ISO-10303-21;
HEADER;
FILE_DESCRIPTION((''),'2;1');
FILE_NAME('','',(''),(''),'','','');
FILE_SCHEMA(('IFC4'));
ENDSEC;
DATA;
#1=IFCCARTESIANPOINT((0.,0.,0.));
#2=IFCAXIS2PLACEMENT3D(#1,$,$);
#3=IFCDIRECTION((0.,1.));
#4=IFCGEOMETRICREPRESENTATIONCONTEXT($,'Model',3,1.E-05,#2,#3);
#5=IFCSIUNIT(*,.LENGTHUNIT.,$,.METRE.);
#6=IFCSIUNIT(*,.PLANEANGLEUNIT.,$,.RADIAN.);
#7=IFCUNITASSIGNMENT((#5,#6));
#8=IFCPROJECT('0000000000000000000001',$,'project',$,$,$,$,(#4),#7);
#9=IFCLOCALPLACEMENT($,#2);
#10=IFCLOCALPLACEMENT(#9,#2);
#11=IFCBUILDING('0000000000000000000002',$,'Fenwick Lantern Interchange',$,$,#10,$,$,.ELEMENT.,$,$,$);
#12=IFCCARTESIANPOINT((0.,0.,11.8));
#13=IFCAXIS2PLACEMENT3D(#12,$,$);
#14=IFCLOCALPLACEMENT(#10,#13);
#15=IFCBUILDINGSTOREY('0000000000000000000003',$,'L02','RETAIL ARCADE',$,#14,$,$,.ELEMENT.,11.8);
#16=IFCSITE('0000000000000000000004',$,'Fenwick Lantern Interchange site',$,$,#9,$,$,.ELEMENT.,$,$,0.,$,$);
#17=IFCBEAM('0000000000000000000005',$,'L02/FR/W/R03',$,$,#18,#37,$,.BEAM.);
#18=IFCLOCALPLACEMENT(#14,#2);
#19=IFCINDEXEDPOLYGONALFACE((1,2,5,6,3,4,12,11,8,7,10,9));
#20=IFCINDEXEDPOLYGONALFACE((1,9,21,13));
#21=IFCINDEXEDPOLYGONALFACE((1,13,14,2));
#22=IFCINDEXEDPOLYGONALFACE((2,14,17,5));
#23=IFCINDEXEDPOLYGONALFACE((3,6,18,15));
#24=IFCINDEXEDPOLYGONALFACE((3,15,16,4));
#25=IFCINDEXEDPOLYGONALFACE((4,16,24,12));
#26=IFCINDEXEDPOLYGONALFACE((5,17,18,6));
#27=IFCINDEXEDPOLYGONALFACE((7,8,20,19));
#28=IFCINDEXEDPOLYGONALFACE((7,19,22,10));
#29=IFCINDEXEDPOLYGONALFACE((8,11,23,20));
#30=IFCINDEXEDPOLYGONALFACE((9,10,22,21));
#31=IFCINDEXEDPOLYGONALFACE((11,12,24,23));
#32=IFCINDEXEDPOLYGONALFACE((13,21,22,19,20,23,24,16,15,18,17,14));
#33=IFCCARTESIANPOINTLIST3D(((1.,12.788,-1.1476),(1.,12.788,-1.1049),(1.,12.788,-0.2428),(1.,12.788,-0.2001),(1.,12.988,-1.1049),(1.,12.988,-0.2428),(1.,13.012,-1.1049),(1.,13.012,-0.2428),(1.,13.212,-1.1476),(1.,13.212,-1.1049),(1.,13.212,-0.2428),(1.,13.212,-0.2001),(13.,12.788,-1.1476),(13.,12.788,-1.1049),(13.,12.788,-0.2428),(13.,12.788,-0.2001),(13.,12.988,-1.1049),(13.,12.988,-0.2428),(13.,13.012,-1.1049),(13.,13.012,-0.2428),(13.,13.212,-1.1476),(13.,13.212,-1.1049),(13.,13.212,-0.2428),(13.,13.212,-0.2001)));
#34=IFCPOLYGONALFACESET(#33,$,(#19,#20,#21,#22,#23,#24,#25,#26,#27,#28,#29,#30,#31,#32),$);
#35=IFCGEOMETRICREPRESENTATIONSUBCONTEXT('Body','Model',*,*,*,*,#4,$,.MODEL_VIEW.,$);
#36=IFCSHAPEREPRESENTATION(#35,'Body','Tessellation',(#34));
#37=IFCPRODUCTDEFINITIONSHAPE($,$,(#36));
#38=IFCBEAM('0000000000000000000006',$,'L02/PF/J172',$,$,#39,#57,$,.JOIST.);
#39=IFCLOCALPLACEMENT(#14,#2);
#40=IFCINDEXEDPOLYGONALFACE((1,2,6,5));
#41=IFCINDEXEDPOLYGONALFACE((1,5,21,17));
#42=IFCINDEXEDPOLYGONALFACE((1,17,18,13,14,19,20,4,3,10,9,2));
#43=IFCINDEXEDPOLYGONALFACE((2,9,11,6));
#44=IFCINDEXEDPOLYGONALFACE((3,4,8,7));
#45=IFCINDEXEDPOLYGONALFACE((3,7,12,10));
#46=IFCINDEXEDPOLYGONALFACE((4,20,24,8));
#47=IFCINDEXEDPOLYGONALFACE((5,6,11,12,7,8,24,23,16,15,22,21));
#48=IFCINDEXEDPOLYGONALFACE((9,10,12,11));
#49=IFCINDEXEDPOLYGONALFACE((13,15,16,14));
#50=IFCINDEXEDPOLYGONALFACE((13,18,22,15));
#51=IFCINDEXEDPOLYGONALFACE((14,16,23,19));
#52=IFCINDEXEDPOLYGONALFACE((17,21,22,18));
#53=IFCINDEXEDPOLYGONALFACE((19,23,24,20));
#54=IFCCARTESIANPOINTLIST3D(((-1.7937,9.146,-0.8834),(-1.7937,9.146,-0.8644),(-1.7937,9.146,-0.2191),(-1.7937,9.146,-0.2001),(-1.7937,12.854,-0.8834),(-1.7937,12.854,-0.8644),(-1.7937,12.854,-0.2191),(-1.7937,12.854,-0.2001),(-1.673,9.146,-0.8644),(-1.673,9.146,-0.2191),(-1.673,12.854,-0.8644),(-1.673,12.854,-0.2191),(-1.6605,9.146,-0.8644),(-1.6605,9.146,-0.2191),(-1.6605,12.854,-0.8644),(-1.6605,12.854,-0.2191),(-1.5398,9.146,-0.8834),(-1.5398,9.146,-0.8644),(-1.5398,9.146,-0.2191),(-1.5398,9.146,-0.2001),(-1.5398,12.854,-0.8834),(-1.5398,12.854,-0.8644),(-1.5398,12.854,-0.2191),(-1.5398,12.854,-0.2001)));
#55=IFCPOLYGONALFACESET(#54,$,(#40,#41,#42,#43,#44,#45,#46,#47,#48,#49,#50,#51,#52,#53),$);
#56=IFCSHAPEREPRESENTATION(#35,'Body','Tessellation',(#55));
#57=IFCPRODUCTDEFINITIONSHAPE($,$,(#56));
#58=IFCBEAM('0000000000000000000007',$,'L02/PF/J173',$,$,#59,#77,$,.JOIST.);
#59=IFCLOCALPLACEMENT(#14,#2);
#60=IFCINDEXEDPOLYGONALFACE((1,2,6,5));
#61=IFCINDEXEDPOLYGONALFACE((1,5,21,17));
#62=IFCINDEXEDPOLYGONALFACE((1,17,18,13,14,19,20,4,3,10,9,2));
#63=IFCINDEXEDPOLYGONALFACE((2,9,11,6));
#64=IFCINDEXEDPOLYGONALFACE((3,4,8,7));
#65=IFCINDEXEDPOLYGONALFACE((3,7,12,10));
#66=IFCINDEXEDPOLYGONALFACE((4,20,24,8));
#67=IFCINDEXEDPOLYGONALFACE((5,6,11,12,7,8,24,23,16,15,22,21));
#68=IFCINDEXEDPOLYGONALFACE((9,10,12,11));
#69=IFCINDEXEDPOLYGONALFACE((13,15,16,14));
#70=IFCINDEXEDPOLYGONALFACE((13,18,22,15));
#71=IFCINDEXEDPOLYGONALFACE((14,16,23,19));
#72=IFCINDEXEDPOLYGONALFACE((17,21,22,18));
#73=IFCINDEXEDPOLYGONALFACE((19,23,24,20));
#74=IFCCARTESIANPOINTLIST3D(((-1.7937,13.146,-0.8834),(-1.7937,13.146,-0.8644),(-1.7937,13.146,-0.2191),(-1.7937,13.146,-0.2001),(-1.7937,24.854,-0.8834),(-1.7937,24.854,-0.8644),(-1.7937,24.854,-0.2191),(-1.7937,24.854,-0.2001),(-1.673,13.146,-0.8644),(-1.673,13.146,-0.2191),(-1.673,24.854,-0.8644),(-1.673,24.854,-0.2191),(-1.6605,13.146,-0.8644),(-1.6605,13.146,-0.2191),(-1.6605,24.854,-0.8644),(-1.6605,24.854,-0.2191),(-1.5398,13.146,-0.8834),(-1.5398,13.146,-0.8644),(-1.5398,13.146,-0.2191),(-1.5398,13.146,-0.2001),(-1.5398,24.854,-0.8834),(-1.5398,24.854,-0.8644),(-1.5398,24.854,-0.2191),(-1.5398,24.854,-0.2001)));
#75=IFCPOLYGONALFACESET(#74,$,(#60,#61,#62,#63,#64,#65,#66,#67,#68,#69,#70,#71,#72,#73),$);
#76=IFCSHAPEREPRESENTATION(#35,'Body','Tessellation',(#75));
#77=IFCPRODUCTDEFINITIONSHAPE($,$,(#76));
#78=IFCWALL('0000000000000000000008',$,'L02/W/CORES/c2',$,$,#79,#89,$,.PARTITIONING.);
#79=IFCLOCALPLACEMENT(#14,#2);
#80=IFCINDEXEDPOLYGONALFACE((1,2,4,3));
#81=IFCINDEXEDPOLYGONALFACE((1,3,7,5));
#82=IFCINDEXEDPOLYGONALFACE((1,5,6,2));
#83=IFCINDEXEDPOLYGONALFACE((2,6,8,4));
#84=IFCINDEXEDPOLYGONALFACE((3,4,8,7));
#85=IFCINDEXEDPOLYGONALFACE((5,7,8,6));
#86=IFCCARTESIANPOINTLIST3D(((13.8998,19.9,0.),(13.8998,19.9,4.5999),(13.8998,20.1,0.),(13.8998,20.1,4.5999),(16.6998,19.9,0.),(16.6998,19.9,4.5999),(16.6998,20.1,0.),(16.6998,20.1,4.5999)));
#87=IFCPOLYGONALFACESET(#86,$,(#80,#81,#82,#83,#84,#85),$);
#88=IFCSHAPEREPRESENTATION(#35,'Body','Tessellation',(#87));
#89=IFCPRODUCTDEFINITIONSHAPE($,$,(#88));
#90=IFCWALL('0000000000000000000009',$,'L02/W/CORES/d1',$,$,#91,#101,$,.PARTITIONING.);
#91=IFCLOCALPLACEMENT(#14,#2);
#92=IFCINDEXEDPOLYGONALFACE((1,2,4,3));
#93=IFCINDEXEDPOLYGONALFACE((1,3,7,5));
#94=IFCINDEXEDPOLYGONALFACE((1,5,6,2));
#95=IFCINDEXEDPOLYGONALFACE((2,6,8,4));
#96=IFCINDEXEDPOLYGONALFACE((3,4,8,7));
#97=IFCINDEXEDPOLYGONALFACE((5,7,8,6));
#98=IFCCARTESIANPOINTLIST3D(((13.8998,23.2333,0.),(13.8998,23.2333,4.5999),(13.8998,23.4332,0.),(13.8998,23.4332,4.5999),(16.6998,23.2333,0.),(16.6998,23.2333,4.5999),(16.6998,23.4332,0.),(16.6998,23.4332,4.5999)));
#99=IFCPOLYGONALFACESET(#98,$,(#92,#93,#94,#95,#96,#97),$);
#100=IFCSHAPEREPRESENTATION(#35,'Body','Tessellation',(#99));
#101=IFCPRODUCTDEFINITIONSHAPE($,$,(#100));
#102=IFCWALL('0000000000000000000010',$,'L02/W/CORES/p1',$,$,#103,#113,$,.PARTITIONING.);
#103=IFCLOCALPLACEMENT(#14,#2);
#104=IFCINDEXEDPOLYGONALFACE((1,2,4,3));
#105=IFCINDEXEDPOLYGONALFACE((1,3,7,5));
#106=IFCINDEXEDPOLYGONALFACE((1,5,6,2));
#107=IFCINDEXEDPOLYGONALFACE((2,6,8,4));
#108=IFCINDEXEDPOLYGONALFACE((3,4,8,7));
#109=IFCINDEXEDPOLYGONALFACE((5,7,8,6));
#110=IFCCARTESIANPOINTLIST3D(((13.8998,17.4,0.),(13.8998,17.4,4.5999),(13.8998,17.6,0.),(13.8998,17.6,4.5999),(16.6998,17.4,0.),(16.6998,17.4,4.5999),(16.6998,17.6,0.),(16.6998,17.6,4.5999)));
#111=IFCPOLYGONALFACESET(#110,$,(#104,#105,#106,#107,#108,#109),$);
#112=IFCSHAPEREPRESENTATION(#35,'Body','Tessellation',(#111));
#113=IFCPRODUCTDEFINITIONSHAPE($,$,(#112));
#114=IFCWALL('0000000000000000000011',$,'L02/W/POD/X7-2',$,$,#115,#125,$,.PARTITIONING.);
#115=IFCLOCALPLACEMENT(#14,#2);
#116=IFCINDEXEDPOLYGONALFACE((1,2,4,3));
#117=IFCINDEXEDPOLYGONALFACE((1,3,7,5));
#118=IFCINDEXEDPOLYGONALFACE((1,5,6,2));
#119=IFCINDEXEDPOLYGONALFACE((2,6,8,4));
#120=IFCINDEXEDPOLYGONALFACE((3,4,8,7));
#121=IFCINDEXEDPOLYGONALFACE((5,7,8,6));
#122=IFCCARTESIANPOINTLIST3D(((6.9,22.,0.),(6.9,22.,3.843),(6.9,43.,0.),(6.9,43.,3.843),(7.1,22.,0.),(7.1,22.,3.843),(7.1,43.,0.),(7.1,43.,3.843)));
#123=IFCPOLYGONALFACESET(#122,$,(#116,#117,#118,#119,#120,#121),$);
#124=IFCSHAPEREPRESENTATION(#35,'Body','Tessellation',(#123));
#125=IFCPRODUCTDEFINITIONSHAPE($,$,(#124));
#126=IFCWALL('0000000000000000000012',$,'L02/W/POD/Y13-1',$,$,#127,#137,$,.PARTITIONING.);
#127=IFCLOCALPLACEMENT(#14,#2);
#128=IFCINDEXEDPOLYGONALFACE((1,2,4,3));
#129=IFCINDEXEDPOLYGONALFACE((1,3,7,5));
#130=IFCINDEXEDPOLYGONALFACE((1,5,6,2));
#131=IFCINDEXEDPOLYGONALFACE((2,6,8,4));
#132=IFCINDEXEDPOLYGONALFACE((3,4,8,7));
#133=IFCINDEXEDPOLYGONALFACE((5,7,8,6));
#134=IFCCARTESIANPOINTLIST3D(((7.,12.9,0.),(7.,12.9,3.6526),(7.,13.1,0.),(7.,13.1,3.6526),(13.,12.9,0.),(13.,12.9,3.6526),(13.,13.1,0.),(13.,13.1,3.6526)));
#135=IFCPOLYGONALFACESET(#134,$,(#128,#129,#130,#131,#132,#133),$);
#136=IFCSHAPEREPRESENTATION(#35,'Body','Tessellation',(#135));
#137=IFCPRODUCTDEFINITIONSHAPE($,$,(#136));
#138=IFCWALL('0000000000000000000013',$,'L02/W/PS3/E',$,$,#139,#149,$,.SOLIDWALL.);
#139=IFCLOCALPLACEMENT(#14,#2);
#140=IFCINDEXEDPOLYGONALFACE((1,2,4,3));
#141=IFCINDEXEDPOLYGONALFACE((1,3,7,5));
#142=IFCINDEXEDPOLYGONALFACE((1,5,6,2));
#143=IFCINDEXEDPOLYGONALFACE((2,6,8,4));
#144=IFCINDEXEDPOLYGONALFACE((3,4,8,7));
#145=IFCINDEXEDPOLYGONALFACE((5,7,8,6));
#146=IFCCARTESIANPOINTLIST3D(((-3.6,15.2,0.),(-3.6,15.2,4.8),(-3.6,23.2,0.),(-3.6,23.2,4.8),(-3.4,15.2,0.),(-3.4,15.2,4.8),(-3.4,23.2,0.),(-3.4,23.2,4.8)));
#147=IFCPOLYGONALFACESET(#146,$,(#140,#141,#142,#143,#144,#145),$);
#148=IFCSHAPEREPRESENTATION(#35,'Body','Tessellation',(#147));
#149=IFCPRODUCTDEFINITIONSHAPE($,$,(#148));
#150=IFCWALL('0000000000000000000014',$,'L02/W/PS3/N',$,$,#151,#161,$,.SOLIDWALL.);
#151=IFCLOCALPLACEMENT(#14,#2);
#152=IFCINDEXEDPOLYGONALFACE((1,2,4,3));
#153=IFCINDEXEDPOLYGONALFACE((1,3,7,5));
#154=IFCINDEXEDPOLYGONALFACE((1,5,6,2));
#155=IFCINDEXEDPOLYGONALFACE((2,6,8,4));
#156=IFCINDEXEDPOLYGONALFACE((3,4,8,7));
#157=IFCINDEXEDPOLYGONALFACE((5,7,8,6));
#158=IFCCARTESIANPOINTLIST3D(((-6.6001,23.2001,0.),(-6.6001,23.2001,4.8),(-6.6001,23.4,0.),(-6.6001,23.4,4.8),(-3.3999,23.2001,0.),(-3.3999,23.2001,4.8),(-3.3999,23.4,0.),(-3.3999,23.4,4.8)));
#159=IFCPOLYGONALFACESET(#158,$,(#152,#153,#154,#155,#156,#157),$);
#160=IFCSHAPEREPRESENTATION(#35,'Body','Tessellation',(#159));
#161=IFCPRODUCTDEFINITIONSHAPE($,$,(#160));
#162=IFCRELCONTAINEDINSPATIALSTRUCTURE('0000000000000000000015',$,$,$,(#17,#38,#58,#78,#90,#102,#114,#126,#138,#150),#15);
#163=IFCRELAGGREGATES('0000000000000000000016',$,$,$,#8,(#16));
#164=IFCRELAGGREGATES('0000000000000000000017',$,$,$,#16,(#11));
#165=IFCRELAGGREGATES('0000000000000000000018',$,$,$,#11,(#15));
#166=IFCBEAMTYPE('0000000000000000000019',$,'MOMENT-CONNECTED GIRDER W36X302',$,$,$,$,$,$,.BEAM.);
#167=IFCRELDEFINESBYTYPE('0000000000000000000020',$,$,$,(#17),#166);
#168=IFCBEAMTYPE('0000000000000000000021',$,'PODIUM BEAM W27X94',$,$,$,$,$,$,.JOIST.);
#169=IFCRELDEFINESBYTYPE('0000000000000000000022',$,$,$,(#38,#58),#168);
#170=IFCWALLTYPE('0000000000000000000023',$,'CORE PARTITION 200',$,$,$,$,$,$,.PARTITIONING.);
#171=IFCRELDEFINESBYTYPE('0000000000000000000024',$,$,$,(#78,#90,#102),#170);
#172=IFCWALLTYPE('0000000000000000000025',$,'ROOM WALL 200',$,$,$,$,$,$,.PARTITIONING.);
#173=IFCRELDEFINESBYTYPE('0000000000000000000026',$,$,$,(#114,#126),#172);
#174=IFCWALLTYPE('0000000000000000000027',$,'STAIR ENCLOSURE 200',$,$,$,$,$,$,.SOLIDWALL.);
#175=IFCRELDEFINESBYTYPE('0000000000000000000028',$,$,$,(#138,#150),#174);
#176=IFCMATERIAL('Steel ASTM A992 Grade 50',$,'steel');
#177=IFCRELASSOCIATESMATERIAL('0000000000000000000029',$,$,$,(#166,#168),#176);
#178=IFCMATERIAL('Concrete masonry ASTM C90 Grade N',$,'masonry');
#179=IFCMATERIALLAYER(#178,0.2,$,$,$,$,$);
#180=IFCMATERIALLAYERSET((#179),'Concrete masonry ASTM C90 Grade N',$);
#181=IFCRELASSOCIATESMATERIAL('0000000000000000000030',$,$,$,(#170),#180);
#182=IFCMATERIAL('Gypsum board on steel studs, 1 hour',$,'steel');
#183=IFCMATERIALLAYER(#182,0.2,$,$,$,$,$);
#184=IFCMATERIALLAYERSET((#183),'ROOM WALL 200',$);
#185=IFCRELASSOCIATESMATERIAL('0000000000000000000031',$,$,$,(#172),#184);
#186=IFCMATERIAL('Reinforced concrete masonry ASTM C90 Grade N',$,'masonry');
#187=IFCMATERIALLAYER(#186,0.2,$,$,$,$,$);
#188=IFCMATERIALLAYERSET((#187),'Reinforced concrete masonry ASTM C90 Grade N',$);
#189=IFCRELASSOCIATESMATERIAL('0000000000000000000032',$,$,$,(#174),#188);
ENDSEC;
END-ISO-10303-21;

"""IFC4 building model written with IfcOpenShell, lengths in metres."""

from ifc_helpers import new_model, si_unit, direction, frame, frame_2d, origin, origin_2d, place, context, subcontext, project, spatial, rectangle, i_section, extrude, material, layer, layer_set, material_profile, profile_set, type_object, element, save


model = new_model("IFC4")

# Units and contexts
model_context = context("Model", 3, precision=1e-05, world=origin(), true_north=direction((0.0, 1.0)))
body_context = subcontext(model_context, "Body", "Model", "MODEL_VIEW")
ifc_project = project(units=[si_unit("LENGTHUNIT", "METRE"), si_unit("PLANEANGLEUNIT", "RADIAN")], contexts=[model_context])

# Site, building, storey
site_placement = place(None, origin())
site = spatial("IfcSite", under=ifc_project, at=site_placement, Name="Fenwick Lantern Interchange site", CompositionType="ELEMENT", RefElevation=0.0)
building_placement = place(site_placement, origin())
building = spatial("IfcBuilding", under=site, at=building_placement, Name="Fenwick Lantern Interchange", CompositionType="ELEMENT")
storey_placement = place(building_placement, frame((0.0, 0.0, 11.8)))
storey = spatial("IfcBuildingStorey", under=building, at=storey_placement, Name="L02", Description="RETAIL ARCADE", CompositionType="ELEMENT", Elevation=11.8)

# Beams
ifc_material_1 = material(Name="Steel ASTM A992 Grade 50", Category="steel")
ifc_material_profile_1 = material_profile(ifc_material_1, i_section(OverallWidth=0.4241, OverallDepth=0.9475, WebThickness=0.0239, FlangeThickness=0.0427, at=origin_2d()), Name="W36X302")
ifc_profile_set_1 = profile_set([ifc_material_profile_1], Name="Steel ASTM A992 Grade 50")
beam_type_1 = type_object("IfcBeamType", Name="MOMENT-CONNECTED GIRDER W36X302", PredefinedType="BEAM", material=ifc_profile_set_1)
beam_1_placement = place(storey_placement, frame((1.0, 13.0, -0.6738), z_axis=(1.0, 0.0, 0.0), x_axis=(0.0, 1.0, 0.0)))
element("IfcBeam", 1, at=beam_1_placement, inside=storey, type_object=beam_type_1, Name="L02/FR/W/R03", PredefinedType="BEAM", context=body_context, shape_type="SweptSolid", body=[
    extrude(i_section(OverallWidth=0.4241, OverallDepth=0.9475, WebThickness=0.0239, FlangeThickness=0.0427, at=origin_2d()), origin(), (0.0, 0.0, 1.0), 12.0),
])
ifc_material_profile_2 = material_profile(ifc_material_1, i_section(OverallWidth=0.2539, OverallDepth=0.6833, WebThickness=0.0125, FlangeThickness=0.019, at=origin_2d()), Name="W27X94")
ifc_profile_set_2 = profile_set([ifc_material_profile_2], Name="Steel ASTM A992 Grade 50")
beam_type_2 = type_object("IfcBeamType", Name="PODIUM BEAM W27X94", PredefinedType="JOIST", material=ifc_profile_set_2)
beam_2_placement = place(storey_placement, frame((-1.6667, 9.146, -0.5417), z_axis=(0.0, 1.0, 0.0), x_axis=(-1.0, 0.0, 0.0)))
element("IfcBeam", 2, at=beam_2_placement, inside=storey, type_object=beam_type_2, Name="L02/PF/J172", PredefinedType="JOIST", context=body_context, shape_type="SweptSolid", body=[
    extrude(i_section(OverallWidth=0.2539, OverallDepth=0.6833, WebThickness=0.0125, FlangeThickness=0.019, at=origin_2d()), origin(), (0.0, 0.0, 1.0), 3.708),
])
beam_3_placement = place(storey_placement, frame((-1.6667, 13.146, -0.5417), z_axis=(0.0, 1.0, 0.0), x_axis=(-1.0, 0.0, 0.0)))
element("IfcBeam", 3, at=beam_3_placement, inside=storey, type_object=beam_type_2, Name="L02/PF/J173", PredefinedType="JOIST", context=body_context, shape_type="SweptSolid", body=[
    extrude(i_section(OverallWidth=0.2539, OverallDepth=0.6833, WebThickness=0.0125, FlangeThickness=0.019, at=origin_2d()), origin(), (0.0, 0.0, 1.0), 11.708),
])

# Walls
ifc_material_2 = material(Name="Concrete masonry ASTM C90 Grade N", Category="masonry")
ifc_layer_1 = layer(ifc_material_2, 0.2)
ifc_layer_set_1 = layer_set([ifc_layer_1], Name="Concrete masonry ASTM C90 Grade N")
wall_type_1 = type_object("IfcWallType", Name="CORE PARTITION 200", PredefinedType="PARTITIONING", material=ifc_layer_set_1)
for number, where, z_axis, x_axis, name in (
    (4, (13.8999, 20.0, 0.0), (0.0, 0.0, 1.0), (1.0, 0.0, 0.0), "L02/W/CORES/c2"),
    (5, (13.8999, 23.3333, 0.0), (0.0, 0.0, 1.0), (1.0, 0.0, 0.0), "L02/W/CORES/d1"),
    (6, (13.8999, 17.5, 0.0), (0.0, 0.0, 1.0), (1.0, 0.0, 0.0), "L02/W/CORES/p1"),
):
    element("IfcWall", number, at=place(storey_placement, frame(where, z_axis=z_axis, x_axis=x_axis)), inside=storey, type_object=wall_type_1, Name=name, PredefinedType="PARTITIONING", context=body_context, shape_type="SweptSolid", body=[
        extrude(rectangle(XDim=2.8, YDim=0.2, at=frame_2d((1.3999, 0.0))), origin(), (0.0, 0.0, 1.0), 4.5999),
    ])

# Walls
ifc_material_3 = material(Name="Gypsum board on steel studs, 1 hour", Category="steel")
ifc_layer_2 = layer(ifc_material_3, 0.2)
ifc_layer_set_2 = layer_set([ifc_layer_2], Name="ROOM WALL 200")
wall_type_2 = type_object("IfcWallType", Name="ROOM WALL 200", PredefinedType="PARTITIONING", material=ifc_layer_set_2)
wall_1_placement = place(storey_placement, frame((7.0, 22.0, 0.0), z_axis=(0.0, 0.0, 1.0), x_axis=(0.0, 1.0, 0.0)))
element("IfcWall", 7, at=wall_1_placement, inside=storey, type_object=wall_type_2, Name="L02/W/POD/X7-2", PredefinedType="PARTITIONING", context=body_context, shape_type="SweptSolid", body=[
    extrude(rectangle(XDim=21.0, YDim=0.2, at=frame_2d((10.5, 0.0))), origin(), (0.0, 0.0, 1.0), 3.843),
])
wall_2_placement = place(storey_placement, frame((7.0, 13.0, 0.0), z_axis=(0.0, 0.0, 1.0), x_axis=(1.0, 0.0, 0.0)))
element("IfcWall", 8, at=wall_2_placement, inside=storey, type_object=wall_type_2, Name="L02/W/POD/Y13-1", PredefinedType="PARTITIONING", context=body_context, shape_type="SweptSolid", body=[
    extrude(rectangle(XDim=6.0, YDim=0.2, at=frame_2d((3.0, 0.0))), origin(), (0.0, 0.0, 1.0), 3.6526),
])

# Walls
ifc_material_4 = material(Name="Reinforced concrete masonry ASTM C90 Grade N", Category="masonry")
ifc_layer_3 = layer(ifc_material_4, 0.2)
ifc_layer_set_3 = layer_set([ifc_layer_3], Name="Reinforced concrete masonry ASTM C90 Grade N")
wall_type_3 = type_object("IfcWallType", Name="STAIR ENCLOSURE 200", PredefinedType="SOLIDWALL", material=ifc_layer_set_3)
wall_3_placement = place(storey_placement, frame((-3.5, 15.2, 0.0), z_axis=(0.0, 0.0, 1.0), x_axis=(0.0, 1.0, 0.0)))
element("IfcWall", 9, at=wall_3_placement, inside=storey, type_object=wall_type_3, Name="L02/W/PS3/E", PredefinedType="SOLIDWALL", context=body_context, shape_type="SweptSolid", body=[
    extrude(rectangle(XDim=8.0, YDim=0.2, at=frame_2d((4.0, 0.0))), origin(), (0.0, 0.0, 1.0), 4.8),
])
wall_4_placement = place(storey_placement, frame((-3.3999, 23.3, 0.0), z_axis=(0.0, 0.0, 1.0), x_axis=(-1.0, 0.0, 0.0)))
element("IfcWall", 10, at=wall_4_placement, inside=storey, type_object=wall_type_3, Name="L02/W/PS3/N", PredefinedType="SOLIDWALL", context=body_context, shape_type="SweptSolid", body=[
    extrude(rectangle(XDim=3.2002, YDim=0.2, at=frame_2d((1.6001, 0.0))), origin(), (0.0, 0.0, 1.0), 4.8),
])

save(model, "model.ifc")
